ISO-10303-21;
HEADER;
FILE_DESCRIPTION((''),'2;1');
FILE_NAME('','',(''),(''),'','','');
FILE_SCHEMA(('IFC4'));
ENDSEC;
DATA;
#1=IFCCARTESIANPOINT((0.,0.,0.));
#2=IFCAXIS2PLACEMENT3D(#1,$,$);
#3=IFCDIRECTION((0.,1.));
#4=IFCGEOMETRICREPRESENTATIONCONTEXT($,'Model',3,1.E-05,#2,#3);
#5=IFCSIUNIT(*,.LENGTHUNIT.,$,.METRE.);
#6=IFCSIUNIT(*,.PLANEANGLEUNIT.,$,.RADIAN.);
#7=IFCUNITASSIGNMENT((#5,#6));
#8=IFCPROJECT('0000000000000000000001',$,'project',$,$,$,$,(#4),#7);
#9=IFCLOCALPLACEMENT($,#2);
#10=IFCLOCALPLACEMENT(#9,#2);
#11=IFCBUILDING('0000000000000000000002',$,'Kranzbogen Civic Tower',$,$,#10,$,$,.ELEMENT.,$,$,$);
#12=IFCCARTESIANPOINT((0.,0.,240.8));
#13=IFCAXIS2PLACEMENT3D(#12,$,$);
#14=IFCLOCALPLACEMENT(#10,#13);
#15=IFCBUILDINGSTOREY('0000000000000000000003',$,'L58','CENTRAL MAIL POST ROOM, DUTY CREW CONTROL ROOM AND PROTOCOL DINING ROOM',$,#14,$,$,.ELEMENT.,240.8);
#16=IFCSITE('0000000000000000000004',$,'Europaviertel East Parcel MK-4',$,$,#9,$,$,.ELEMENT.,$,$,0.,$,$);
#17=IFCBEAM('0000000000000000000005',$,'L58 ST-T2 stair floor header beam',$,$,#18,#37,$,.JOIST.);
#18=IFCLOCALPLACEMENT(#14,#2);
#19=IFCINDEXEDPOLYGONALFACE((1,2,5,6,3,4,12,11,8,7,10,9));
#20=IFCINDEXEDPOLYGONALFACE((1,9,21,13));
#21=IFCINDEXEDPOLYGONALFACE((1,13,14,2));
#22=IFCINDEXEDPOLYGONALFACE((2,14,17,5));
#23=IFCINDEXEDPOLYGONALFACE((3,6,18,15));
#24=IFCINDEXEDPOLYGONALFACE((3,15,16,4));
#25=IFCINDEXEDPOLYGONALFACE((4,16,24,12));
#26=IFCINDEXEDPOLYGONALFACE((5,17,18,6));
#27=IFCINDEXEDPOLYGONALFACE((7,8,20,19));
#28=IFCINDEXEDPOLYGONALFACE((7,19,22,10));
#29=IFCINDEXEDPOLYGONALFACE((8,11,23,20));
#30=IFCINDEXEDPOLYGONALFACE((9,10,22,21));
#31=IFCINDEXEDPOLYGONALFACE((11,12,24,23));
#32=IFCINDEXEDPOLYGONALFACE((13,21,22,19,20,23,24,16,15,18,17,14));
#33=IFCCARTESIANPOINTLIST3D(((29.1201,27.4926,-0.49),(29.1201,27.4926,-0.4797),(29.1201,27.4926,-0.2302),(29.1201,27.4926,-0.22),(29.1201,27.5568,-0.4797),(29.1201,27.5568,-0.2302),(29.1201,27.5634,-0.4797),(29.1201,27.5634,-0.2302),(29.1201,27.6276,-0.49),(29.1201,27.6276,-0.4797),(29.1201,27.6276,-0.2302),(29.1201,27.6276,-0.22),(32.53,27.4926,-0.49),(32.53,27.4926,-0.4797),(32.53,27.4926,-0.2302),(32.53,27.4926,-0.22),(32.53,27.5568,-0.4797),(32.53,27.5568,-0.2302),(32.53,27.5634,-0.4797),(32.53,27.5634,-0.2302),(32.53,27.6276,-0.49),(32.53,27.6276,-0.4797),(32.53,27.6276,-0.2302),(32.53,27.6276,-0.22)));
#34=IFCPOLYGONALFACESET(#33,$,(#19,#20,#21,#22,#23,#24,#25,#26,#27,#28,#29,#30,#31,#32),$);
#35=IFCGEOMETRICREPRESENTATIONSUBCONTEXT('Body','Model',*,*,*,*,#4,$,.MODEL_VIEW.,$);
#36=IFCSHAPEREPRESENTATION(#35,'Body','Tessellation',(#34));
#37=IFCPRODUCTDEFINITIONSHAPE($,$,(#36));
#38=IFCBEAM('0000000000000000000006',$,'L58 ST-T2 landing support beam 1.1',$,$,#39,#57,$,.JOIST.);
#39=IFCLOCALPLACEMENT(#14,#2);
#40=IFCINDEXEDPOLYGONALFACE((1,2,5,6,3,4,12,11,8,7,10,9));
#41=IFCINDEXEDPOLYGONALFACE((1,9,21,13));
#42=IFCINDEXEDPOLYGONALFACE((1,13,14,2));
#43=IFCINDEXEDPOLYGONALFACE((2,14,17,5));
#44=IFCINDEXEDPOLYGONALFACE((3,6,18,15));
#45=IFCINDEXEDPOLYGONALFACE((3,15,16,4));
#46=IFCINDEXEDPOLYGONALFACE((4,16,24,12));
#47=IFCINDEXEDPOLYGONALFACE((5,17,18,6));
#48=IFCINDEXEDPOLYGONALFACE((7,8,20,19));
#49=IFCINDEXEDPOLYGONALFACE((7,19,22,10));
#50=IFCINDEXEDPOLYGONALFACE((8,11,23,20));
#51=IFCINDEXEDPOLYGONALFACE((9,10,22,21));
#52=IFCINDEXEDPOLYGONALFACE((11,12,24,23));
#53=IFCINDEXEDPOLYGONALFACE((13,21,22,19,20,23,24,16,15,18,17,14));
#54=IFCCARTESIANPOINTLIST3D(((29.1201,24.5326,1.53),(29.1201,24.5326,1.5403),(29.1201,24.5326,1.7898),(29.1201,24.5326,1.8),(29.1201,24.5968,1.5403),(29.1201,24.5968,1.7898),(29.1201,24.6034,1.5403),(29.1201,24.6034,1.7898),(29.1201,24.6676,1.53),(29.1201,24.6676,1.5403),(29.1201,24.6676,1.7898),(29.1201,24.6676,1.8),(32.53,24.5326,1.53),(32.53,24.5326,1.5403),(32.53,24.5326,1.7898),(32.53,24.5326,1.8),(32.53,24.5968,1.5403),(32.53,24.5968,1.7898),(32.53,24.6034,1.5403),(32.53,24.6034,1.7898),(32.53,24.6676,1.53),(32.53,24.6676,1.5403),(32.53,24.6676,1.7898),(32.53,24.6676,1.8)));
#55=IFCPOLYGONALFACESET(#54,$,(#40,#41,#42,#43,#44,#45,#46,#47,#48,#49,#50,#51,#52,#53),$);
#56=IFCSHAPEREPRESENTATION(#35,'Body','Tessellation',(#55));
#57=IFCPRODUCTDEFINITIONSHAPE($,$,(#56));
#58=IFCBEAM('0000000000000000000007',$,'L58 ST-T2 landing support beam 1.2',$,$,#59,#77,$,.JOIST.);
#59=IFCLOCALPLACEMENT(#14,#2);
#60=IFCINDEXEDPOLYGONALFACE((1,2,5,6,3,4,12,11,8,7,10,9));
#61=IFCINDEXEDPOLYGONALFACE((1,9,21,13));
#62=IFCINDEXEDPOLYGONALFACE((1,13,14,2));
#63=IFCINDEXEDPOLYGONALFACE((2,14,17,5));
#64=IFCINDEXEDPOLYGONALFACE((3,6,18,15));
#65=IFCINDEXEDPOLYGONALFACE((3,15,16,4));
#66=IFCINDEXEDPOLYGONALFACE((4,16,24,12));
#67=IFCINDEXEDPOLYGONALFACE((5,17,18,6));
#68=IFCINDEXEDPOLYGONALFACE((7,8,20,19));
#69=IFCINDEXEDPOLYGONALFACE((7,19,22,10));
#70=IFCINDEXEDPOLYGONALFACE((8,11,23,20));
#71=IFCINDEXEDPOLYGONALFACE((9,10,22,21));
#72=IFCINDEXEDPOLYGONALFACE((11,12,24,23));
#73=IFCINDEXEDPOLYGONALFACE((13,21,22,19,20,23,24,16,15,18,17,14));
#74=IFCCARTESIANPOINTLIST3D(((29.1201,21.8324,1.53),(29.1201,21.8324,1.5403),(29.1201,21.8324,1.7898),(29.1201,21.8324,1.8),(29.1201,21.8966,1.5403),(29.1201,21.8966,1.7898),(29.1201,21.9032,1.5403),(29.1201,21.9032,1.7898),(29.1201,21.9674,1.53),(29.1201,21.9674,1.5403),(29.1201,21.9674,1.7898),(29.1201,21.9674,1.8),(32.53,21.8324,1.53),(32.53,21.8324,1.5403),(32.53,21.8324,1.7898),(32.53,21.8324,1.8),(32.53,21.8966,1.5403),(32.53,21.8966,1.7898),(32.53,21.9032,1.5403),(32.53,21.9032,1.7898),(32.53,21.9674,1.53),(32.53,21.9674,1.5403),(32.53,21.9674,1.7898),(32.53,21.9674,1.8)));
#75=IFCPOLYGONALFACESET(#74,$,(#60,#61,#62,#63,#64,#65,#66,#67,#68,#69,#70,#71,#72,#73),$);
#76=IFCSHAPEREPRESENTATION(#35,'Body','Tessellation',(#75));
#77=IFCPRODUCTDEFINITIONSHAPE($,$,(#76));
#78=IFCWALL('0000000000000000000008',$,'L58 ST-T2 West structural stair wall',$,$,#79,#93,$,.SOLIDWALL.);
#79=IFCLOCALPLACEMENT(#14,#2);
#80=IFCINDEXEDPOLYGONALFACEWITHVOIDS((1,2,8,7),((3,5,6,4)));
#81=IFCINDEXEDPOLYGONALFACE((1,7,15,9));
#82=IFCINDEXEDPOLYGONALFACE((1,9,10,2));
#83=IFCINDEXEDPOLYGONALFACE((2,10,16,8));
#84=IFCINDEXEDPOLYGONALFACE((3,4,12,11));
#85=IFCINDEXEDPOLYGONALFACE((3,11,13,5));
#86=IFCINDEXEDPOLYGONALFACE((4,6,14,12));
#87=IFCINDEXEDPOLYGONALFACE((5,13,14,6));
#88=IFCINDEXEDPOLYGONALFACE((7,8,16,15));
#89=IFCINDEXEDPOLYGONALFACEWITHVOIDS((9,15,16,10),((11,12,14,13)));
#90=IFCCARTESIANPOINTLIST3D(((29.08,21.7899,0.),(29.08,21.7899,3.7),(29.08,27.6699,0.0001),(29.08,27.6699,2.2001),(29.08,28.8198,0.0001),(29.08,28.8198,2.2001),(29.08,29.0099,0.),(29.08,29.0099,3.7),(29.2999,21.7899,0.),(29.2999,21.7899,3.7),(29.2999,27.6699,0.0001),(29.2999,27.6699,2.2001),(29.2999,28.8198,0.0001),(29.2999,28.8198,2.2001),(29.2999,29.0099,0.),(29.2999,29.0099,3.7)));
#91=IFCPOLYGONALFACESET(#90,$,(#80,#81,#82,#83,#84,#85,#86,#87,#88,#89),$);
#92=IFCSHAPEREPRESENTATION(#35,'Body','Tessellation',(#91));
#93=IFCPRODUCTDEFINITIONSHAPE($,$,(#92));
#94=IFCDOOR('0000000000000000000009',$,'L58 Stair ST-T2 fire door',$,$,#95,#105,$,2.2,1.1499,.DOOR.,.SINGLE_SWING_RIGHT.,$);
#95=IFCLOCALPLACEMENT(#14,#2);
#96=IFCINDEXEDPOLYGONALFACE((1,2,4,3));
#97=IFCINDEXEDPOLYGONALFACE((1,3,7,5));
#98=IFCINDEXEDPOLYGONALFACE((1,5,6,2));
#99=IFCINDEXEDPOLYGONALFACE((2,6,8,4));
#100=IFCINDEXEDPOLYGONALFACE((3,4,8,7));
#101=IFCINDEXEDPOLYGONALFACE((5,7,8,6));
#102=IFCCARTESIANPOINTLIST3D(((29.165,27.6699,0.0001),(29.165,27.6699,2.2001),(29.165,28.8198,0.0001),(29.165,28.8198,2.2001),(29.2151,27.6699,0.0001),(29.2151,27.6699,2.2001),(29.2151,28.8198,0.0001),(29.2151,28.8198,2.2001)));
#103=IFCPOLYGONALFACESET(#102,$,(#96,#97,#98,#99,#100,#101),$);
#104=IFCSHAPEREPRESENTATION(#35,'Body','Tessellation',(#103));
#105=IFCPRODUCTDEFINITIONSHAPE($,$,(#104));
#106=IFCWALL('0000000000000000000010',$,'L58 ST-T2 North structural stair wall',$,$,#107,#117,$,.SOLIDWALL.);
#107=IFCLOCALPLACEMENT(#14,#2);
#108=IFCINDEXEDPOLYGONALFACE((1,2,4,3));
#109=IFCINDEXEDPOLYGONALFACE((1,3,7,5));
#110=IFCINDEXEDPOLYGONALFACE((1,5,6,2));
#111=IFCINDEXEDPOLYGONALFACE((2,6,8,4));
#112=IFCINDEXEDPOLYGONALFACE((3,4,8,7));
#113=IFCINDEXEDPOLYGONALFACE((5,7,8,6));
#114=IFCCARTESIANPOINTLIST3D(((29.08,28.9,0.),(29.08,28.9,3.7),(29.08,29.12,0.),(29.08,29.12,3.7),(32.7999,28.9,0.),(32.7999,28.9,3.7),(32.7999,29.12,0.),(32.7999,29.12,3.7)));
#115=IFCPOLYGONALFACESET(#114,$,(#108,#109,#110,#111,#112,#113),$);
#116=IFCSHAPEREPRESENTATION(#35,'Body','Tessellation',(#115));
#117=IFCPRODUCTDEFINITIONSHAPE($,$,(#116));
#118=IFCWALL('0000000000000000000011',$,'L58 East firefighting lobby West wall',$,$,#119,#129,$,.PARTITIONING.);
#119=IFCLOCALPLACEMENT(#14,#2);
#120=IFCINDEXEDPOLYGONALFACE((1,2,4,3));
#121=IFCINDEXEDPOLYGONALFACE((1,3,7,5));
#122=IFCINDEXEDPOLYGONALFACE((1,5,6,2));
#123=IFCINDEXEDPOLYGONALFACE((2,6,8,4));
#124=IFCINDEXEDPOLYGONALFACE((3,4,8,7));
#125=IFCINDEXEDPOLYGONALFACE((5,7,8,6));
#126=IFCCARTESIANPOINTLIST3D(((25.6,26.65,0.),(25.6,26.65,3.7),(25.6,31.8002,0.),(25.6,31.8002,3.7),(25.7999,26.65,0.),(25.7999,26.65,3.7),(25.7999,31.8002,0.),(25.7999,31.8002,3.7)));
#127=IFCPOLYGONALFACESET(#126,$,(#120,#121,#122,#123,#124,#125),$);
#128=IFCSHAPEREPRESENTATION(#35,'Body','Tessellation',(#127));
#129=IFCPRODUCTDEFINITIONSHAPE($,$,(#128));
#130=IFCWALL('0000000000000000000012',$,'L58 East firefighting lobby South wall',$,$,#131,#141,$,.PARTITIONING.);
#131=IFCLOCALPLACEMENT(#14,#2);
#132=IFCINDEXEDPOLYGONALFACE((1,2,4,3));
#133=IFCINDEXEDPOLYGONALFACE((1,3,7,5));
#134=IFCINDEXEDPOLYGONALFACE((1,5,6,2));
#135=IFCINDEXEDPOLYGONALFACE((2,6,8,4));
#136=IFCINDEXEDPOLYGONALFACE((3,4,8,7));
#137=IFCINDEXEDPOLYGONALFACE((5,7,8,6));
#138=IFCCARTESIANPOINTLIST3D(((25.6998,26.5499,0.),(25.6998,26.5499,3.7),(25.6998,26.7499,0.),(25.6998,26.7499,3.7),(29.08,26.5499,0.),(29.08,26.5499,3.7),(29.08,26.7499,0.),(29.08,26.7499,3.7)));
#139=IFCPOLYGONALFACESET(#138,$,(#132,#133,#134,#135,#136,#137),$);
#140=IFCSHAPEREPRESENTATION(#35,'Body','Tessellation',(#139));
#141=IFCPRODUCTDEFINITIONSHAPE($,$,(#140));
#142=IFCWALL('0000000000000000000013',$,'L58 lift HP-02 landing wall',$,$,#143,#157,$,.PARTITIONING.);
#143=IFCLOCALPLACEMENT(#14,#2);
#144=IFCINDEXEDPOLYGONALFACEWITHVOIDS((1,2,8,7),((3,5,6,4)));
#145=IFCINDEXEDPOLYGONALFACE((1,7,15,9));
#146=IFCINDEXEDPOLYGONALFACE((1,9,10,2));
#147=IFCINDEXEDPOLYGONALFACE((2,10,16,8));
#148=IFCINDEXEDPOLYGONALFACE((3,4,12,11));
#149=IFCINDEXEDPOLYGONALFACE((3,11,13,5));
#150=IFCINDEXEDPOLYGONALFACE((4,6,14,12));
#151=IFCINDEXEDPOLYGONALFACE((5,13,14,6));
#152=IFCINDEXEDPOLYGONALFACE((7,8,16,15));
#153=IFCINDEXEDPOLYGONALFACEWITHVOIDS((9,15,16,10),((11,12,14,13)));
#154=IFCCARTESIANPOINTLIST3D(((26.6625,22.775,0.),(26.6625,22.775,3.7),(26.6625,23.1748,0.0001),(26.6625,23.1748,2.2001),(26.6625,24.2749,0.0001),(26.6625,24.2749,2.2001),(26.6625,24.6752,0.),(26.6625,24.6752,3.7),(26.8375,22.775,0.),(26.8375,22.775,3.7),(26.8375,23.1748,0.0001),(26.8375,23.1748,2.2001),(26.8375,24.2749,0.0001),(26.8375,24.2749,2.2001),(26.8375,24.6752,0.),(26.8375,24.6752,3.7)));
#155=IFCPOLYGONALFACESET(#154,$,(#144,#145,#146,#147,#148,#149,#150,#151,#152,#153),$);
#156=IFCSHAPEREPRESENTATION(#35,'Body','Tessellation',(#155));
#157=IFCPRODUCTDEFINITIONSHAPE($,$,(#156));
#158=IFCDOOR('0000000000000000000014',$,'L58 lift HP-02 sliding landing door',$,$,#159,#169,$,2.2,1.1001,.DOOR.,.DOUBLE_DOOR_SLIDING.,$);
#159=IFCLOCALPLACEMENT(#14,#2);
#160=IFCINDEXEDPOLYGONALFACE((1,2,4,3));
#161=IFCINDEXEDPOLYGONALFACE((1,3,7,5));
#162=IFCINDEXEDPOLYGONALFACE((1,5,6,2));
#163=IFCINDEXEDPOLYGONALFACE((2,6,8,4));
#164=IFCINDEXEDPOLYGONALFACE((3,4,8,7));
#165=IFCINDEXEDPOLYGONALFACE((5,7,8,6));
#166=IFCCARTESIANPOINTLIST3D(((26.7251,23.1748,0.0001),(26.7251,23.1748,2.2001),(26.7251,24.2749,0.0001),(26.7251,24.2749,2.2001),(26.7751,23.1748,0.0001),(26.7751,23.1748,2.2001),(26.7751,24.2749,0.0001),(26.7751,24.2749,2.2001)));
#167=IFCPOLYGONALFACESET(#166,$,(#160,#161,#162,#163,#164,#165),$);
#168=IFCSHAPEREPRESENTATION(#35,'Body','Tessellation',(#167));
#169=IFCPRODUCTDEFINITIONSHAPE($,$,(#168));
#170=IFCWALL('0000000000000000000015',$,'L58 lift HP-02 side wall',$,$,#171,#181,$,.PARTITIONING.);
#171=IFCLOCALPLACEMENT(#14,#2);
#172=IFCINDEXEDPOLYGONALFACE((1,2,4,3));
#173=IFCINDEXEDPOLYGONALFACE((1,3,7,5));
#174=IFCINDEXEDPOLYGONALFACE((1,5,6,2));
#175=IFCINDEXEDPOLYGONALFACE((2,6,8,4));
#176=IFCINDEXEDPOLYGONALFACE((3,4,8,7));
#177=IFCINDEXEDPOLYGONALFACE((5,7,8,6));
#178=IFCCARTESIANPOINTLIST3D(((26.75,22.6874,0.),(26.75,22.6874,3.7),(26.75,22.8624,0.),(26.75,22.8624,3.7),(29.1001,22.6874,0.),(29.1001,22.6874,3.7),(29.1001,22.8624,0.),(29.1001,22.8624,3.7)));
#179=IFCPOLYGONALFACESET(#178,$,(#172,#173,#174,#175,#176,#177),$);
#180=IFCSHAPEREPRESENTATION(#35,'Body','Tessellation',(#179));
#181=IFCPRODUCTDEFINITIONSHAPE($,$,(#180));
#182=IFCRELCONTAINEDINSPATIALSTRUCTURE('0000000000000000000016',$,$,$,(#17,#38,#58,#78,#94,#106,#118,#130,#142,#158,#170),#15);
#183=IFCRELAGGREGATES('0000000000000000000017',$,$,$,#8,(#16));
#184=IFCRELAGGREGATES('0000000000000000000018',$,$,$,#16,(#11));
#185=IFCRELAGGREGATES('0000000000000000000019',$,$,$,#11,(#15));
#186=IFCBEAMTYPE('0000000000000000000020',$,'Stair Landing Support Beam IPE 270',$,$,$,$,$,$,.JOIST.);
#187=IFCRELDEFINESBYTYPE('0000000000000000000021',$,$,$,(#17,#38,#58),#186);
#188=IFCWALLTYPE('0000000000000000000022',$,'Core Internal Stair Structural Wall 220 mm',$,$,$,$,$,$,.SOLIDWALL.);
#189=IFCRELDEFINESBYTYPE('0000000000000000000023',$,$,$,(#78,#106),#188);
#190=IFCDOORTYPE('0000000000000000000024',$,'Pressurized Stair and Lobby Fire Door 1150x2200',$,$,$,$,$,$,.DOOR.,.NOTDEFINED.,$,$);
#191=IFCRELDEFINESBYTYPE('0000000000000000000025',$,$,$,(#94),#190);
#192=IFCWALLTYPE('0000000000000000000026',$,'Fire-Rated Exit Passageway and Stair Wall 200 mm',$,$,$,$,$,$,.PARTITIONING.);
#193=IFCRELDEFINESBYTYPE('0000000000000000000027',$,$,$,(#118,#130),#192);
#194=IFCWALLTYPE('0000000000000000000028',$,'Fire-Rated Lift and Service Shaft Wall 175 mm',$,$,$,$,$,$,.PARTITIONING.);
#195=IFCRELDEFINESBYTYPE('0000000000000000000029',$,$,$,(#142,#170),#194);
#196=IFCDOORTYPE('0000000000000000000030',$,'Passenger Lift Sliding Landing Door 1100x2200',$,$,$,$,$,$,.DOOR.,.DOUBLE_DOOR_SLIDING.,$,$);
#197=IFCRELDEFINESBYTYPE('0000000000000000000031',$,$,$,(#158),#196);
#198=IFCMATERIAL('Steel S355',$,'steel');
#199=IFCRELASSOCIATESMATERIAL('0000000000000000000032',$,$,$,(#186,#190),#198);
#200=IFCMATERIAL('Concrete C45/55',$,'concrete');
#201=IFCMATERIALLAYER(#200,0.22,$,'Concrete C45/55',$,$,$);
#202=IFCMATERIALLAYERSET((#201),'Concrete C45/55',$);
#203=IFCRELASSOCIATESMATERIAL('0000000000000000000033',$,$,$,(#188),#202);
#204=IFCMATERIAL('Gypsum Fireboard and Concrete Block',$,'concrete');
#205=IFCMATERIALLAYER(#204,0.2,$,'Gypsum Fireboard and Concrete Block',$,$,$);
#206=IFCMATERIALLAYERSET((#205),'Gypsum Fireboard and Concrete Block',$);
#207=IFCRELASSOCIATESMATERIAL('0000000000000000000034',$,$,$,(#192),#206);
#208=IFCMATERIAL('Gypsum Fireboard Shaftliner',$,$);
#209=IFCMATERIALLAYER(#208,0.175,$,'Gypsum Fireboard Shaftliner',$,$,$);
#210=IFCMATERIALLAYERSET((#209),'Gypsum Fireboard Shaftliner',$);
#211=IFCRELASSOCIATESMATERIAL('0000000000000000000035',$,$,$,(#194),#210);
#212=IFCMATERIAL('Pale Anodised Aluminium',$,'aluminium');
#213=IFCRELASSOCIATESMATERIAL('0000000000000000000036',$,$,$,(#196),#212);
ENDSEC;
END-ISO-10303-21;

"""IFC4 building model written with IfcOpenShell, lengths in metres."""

from ifc_helpers import new_model, si_unit, direction, frame, frame_2d, origin, origin_2d, place, context, subcontext, project, spatial, rectangle, i_section, extrude, material, layer, layer_set, material_profile, profile_set, type_object, element, fill, save


model = new_model("IFC4")

# Units and contexts
model_context = context("Model", 3, precision=1e-05, world=origin(), true_north=direction((0.0, 1.0)))
body_context = subcontext(model_context, "Body", "Model", "MODEL_VIEW")
ifc_project = project(units=[si_unit("LENGTHUNIT", "METRE"), si_unit("PLANEANGLEUNIT", "RADIAN")], contexts=[model_context])

# Site, building, storey
site_placement = place(None, origin())
site = spatial("IfcSite", under=ifc_project, at=site_placement, Name="Europaviertel East Parcel MK-4", CompositionType="ELEMENT", RefElevation=0.0)
building_placement = place(site_placement, origin())
building = spatial("IfcBuilding", under=site, at=building_placement, Name="Kranzbogen Civic Tower", CompositionType="ELEMENT")
storey_placement = place(building_placement, frame((0.0, 0.0, 240.8)))
storey = spatial("IfcBuildingStorey", under=building, at=storey_placement, Name="L58", Description="CENTRAL MAIL POST ROOM, DUTY CREW CONTROL ROOM AND PROTOCOL DINING ROOM", CompositionType="ELEMENT", Elevation=240.8)

# Beams
ifc_material_1 = material(Name="Steel S355", Category="steel")
ifc_material_profile = material_profile(ifc_material_1, i_section(OverallWidth=0.135, OverallDepth=0.27, WebThickness=0.0066, FlangeThickness=0.0103, at=origin_2d()), Name="IPE 270")
ifc_profile_set = profile_set([ifc_material_profile], Name="Steel S355")
beam_type = type_object("IfcBeamType", Name="Stair Landing Support Beam IPE 270", PredefinedType="JOIST", material=ifc_profile_set)
for number, where, z_axis, x_axis, name in (
    (1, (29.1201, 27.5601, -0.355), (1.0, 0.0, 0.0), (0.0, 1.0, 0.0), "L58 ST-T2 stair floor header beam"),
    (2, (29.1201, 24.6001, 1.665), (1.0, 0.0, 0.0), (0.0, 1.0, 0.0), "L58 ST-T2 landing support beam 1.1"),
    (3, (29.1201, 21.8999, 1.665), (1.0, 0.0, 0.0), (0.0, 1.0, 0.0), "L58 ST-T2 landing support beam 1.2"),
):
    element("IfcBeam", number, at=place(storey_placement, frame(where, z_axis=z_axis, x_axis=x_axis)), inside=storey, type_object=beam_type, Name=name, PredefinedType="JOIST", context=body_context, shape_type="SweptSolid", body=[
        extrude(i_section(OverallWidth=0.135, OverallDepth=0.27, WebThickness=0.0066, FlangeThickness=0.0103, at=origin_2d()), origin(), (0.0, 0.0, 1.0), 3.4099),
    ])

# Wall, opening, door
ifc_material_2 = material(Name="Concrete C45/55", Category="concrete")
ifc_layer_1 = layer(ifc_material_2, 0.22, Name="Concrete C45/55")
ifc_layer_set_1 = layer_set([ifc_layer_1], Name="Concrete C45/55")
wall_type_1 = type_object("IfcWallType", Name="Core Internal Stair Structural Wall 220 mm", PredefinedType="SOLIDWALL", material=ifc_layer_set_1)
wall_1_placement = place(storey_placement, frame((29.1899, 21.79, 0.0), z_axis=(0.0, 0.0, 1.0), x_axis=(0.0, 1.0, 0.0)))
wall_1 = element("IfcWall", 4, at=wall_1_placement, inside=storey, type_object=wall_type_1, Name="L58 ST-T2 West structural stair wall", PredefinedType="SOLIDWALL", context=body_context, shape_type="SweptSolid", body=[
    extrude(rectangle(XDim=7.22, YDim=0.22, at=frame_2d((3.6099, 0.0))), origin(), (0.0, 0.0, 1.0), 3.7),
])
opening_1_placement = place(wall_1_placement, frame((5.8799, 0.0, 0.0)))
opening_1 = element("IfcOpeningElement", 5, at=opening_1_placement, cuts=wall_1, PredefinedType="OPENING", context=body_context, shape_type="SweptSolid", body=[
    extrude(rectangle(XDim=1.1499, YDim=2.2, at=frame_2d((0.575, 1.1001))), frame((0.0, 0.1201, 0.0), z_axis=(0.0, -1.0, 0.0), x_axis=(1.0, 0.0, 0.0)), (0.0, 0.0, 1.0), 0.24),
])
door_type_1 = type_object("IfcDoorType", Name="Pressurized Stair and Lobby Fire Door 1150x2200", OperationType="NOTDEFINED", PredefinedType="DOOR", material=ifc_material_1)
door_1_placement = place(opening_1_placement, origin())
door_1 = element("IfcDoor", 6, at=door_1_placement, inside=storey, type_object=door_type_1, Name="L58 Stair ST-T2 fire door", OperationType="SINGLE_SWING_RIGHT", OverallHeight=2.2, OverallWidth=1.1499, PredefinedType="DOOR", context=body_context, shape_type="SweptSolid", body=[
    extrude(rectangle(XDim=1.1499, YDim=2.2, at=frame_2d((0.575, 1.1001))), frame((0.0, 0.0249, 0.0), z_axis=(0.0, -1.0, 0.0), x_axis=(1.0, 0.0, 0.0)), (0.0, 0.0, 1.0), 0.05),
])
fill(opening_1, door_1)

# Walls
wall_2_placement = place(storey_placement, frame((29.0801, 29.01, 0.0), z_axis=(0.0, 0.0, 1.0), x_axis=(1.0, 0.0, 0.0)))
element("IfcWall", 7, at=wall_2_placement, inside=storey, type_object=wall_type_1, Name="L58 ST-T2 North structural stair wall", PredefinedType="SOLIDWALL", context=body_context, shape_type="SweptSolid", body=[
    extrude(rectangle(XDim=3.72, YDim=0.22, at=frame_2d((1.8599, 0.0))), origin(), (0.0, 0.0, 1.0), 3.7),
])
ifc_material_3 = material(Name="Gypsum Fireboard and Concrete Block", Category="concrete")
ifc_layer_2 = layer(ifc_material_3, 0.2, Name="Gypsum Fireboard and Concrete Block")
ifc_layer_set_2 = layer_set([ifc_layer_2], Name="Gypsum Fireboard and Concrete Block")
wall_type_2 = type_object("IfcWallType", Name="Fire-Rated Exit Passageway and Stair Wall 200 mm", PredefinedType="PARTITIONING", material=ifc_layer_set_2)
wall_3_placement = place(storey_placement, frame((25.7, 26.6499, 0.0), z_axis=(0.0, 0.0, 1.0), x_axis=(0.0, 1.0, 0.0)))
element("IfcWall", 8, at=wall_3_placement, inside=storey, type_object=wall_type_2, Name="L58 East firefighting lobby West wall", PredefinedType="PARTITIONING", context=body_context, shape_type="SweptSolid", body=[
    extrude(rectangle(XDim=5.1501, YDim=0.2, at=frame_2d((2.5752, 0.0))), origin(), (0.0, 0.0, 1.0), 3.7),
])
wall_4_placement = place(storey_placement, frame((25.7, 26.6499, 0.0), z_axis=(0.0, 0.0, 1.0), x_axis=(1.0, 0.0, 0.0)))
element("IfcWall", 9, at=wall_4_placement, inside=storey, type_object=wall_type_2, Name="L58 East firefighting lobby South wall", PredefinedType="PARTITIONING", context=body_context, shape_type="SweptSolid", body=[
    extrude(rectangle(XDim=3.3801, YDim=0.2, at=frame_2d((1.6899, 0.0))), origin(), (0.0, 0.0, 1.0), 3.7),
])

# Wall, opening, door
ifc_material_4 = material(Name="Gypsum Fireboard Shaftliner")
ifc_layer_3 = layer(ifc_material_4, 0.175, Name="Gypsum Fireboard Shaftliner")
ifc_layer_set_3 = layer_set([ifc_layer_3], Name="Gypsum Fireboard Shaftliner")
wall_type_3 = type_object("IfcWallType", Name="Fire-Rated Lift and Service Shaft Wall 175 mm", PredefinedType="PARTITIONING", material=ifc_layer_set_3)
wall_5_placement = place(storey_placement, frame((26.75, 22.7749, 0.0), z_axis=(0.0, 0.0, 1.0), x_axis=(0.0, 1.0, 0.0)))
wall_5 = element("IfcWall", 10, at=wall_5_placement, inside=storey, type_object=wall_type_3, Name="L58 lift HP-02 landing wall", PredefinedType="PARTITIONING", context=body_context, shape_type="SweptSolid", body=[
    extrude(rectangle(XDim=1.9001, YDim=0.175, at=frame_2d((0.9502, 0.0))), origin(), (0.0, 0.0, 1.0), 3.7),
])
opening_2_placement = place(wall_5_placement, frame((0.3999, 0.0, 0.0)))
opening_2 = element("IfcOpeningElement", 11, at=opening_2_placement, cuts=wall_5, PredefinedType="OPENING", context=body_context, shape_type="SweptSolid", body=[
    extrude(rectangle(XDim=1.1001, YDim=2.2, at=frame_2d((0.55, 1.1001))), frame((0.0, 0.0977, 0.0), z_axis=(0.0, -1.0, 0.0), x_axis=(1.0, 0.0, 0.0)), (0.0, 0.0, 1.0), 0.1951),
])
ifc_material_5 = material(Name="Pale Anodised Aluminium", Category="aluminium")
door_type_2 = type_object("IfcDoorType", Name="Passenger Lift Sliding Landing Door 1100x2200", OperationType="DOUBLE_DOOR_SLIDING", PredefinedType="DOOR", material=ifc_material_5)
door_2_placement = place(opening_2_placement, origin())
door_2 = element("IfcDoor", 12, at=door_2_placement, inside=storey, type_object=door_type_2, Name="L58 lift HP-02 sliding landing door", OperationType="DOUBLE_DOOR_SLIDING", OverallHeight=2.2, OverallWidth=1.1001, PredefinedType="DOOR", context=body_context, shape_type="SweptSolid", body=[
    extrude(rectangle(XDim=1.1001, YDim=2.2, at=frame_2d((0.55, 1.1001))), frame((0.0, 0.0249, 0.0), z_axis=(0.0, -1.0, 0.0), x_axis=(1.0, 0.0, 0.0)), (0.0, 0.0, 1.0), 0.05),
])
fill(opening_2, door_2)

# Wall
wall_6_placement = place(storey_placement, frame((26.75, 22.7749, 0.0), z_axis=(0.0, 0.0, 1.0), x_axis=(1.0, 0.0, 0.0)))
element("IfcWall", 13, at=wall_6_placement, inside=storey, type_object=wall_type_3, Name="L58 lift HP-02 side wall", PredefinedType="PARTITIONING", context=body_context, shape_type="SweptSolid", body=[
    extrude(rectangle(XDim=2.3501, YDim=0.175, at=frame_2d((1.175, 0.0))), origin(), (0.0, 0.0, 1.0), 3.7),
])

save(model, "model.ifc")
